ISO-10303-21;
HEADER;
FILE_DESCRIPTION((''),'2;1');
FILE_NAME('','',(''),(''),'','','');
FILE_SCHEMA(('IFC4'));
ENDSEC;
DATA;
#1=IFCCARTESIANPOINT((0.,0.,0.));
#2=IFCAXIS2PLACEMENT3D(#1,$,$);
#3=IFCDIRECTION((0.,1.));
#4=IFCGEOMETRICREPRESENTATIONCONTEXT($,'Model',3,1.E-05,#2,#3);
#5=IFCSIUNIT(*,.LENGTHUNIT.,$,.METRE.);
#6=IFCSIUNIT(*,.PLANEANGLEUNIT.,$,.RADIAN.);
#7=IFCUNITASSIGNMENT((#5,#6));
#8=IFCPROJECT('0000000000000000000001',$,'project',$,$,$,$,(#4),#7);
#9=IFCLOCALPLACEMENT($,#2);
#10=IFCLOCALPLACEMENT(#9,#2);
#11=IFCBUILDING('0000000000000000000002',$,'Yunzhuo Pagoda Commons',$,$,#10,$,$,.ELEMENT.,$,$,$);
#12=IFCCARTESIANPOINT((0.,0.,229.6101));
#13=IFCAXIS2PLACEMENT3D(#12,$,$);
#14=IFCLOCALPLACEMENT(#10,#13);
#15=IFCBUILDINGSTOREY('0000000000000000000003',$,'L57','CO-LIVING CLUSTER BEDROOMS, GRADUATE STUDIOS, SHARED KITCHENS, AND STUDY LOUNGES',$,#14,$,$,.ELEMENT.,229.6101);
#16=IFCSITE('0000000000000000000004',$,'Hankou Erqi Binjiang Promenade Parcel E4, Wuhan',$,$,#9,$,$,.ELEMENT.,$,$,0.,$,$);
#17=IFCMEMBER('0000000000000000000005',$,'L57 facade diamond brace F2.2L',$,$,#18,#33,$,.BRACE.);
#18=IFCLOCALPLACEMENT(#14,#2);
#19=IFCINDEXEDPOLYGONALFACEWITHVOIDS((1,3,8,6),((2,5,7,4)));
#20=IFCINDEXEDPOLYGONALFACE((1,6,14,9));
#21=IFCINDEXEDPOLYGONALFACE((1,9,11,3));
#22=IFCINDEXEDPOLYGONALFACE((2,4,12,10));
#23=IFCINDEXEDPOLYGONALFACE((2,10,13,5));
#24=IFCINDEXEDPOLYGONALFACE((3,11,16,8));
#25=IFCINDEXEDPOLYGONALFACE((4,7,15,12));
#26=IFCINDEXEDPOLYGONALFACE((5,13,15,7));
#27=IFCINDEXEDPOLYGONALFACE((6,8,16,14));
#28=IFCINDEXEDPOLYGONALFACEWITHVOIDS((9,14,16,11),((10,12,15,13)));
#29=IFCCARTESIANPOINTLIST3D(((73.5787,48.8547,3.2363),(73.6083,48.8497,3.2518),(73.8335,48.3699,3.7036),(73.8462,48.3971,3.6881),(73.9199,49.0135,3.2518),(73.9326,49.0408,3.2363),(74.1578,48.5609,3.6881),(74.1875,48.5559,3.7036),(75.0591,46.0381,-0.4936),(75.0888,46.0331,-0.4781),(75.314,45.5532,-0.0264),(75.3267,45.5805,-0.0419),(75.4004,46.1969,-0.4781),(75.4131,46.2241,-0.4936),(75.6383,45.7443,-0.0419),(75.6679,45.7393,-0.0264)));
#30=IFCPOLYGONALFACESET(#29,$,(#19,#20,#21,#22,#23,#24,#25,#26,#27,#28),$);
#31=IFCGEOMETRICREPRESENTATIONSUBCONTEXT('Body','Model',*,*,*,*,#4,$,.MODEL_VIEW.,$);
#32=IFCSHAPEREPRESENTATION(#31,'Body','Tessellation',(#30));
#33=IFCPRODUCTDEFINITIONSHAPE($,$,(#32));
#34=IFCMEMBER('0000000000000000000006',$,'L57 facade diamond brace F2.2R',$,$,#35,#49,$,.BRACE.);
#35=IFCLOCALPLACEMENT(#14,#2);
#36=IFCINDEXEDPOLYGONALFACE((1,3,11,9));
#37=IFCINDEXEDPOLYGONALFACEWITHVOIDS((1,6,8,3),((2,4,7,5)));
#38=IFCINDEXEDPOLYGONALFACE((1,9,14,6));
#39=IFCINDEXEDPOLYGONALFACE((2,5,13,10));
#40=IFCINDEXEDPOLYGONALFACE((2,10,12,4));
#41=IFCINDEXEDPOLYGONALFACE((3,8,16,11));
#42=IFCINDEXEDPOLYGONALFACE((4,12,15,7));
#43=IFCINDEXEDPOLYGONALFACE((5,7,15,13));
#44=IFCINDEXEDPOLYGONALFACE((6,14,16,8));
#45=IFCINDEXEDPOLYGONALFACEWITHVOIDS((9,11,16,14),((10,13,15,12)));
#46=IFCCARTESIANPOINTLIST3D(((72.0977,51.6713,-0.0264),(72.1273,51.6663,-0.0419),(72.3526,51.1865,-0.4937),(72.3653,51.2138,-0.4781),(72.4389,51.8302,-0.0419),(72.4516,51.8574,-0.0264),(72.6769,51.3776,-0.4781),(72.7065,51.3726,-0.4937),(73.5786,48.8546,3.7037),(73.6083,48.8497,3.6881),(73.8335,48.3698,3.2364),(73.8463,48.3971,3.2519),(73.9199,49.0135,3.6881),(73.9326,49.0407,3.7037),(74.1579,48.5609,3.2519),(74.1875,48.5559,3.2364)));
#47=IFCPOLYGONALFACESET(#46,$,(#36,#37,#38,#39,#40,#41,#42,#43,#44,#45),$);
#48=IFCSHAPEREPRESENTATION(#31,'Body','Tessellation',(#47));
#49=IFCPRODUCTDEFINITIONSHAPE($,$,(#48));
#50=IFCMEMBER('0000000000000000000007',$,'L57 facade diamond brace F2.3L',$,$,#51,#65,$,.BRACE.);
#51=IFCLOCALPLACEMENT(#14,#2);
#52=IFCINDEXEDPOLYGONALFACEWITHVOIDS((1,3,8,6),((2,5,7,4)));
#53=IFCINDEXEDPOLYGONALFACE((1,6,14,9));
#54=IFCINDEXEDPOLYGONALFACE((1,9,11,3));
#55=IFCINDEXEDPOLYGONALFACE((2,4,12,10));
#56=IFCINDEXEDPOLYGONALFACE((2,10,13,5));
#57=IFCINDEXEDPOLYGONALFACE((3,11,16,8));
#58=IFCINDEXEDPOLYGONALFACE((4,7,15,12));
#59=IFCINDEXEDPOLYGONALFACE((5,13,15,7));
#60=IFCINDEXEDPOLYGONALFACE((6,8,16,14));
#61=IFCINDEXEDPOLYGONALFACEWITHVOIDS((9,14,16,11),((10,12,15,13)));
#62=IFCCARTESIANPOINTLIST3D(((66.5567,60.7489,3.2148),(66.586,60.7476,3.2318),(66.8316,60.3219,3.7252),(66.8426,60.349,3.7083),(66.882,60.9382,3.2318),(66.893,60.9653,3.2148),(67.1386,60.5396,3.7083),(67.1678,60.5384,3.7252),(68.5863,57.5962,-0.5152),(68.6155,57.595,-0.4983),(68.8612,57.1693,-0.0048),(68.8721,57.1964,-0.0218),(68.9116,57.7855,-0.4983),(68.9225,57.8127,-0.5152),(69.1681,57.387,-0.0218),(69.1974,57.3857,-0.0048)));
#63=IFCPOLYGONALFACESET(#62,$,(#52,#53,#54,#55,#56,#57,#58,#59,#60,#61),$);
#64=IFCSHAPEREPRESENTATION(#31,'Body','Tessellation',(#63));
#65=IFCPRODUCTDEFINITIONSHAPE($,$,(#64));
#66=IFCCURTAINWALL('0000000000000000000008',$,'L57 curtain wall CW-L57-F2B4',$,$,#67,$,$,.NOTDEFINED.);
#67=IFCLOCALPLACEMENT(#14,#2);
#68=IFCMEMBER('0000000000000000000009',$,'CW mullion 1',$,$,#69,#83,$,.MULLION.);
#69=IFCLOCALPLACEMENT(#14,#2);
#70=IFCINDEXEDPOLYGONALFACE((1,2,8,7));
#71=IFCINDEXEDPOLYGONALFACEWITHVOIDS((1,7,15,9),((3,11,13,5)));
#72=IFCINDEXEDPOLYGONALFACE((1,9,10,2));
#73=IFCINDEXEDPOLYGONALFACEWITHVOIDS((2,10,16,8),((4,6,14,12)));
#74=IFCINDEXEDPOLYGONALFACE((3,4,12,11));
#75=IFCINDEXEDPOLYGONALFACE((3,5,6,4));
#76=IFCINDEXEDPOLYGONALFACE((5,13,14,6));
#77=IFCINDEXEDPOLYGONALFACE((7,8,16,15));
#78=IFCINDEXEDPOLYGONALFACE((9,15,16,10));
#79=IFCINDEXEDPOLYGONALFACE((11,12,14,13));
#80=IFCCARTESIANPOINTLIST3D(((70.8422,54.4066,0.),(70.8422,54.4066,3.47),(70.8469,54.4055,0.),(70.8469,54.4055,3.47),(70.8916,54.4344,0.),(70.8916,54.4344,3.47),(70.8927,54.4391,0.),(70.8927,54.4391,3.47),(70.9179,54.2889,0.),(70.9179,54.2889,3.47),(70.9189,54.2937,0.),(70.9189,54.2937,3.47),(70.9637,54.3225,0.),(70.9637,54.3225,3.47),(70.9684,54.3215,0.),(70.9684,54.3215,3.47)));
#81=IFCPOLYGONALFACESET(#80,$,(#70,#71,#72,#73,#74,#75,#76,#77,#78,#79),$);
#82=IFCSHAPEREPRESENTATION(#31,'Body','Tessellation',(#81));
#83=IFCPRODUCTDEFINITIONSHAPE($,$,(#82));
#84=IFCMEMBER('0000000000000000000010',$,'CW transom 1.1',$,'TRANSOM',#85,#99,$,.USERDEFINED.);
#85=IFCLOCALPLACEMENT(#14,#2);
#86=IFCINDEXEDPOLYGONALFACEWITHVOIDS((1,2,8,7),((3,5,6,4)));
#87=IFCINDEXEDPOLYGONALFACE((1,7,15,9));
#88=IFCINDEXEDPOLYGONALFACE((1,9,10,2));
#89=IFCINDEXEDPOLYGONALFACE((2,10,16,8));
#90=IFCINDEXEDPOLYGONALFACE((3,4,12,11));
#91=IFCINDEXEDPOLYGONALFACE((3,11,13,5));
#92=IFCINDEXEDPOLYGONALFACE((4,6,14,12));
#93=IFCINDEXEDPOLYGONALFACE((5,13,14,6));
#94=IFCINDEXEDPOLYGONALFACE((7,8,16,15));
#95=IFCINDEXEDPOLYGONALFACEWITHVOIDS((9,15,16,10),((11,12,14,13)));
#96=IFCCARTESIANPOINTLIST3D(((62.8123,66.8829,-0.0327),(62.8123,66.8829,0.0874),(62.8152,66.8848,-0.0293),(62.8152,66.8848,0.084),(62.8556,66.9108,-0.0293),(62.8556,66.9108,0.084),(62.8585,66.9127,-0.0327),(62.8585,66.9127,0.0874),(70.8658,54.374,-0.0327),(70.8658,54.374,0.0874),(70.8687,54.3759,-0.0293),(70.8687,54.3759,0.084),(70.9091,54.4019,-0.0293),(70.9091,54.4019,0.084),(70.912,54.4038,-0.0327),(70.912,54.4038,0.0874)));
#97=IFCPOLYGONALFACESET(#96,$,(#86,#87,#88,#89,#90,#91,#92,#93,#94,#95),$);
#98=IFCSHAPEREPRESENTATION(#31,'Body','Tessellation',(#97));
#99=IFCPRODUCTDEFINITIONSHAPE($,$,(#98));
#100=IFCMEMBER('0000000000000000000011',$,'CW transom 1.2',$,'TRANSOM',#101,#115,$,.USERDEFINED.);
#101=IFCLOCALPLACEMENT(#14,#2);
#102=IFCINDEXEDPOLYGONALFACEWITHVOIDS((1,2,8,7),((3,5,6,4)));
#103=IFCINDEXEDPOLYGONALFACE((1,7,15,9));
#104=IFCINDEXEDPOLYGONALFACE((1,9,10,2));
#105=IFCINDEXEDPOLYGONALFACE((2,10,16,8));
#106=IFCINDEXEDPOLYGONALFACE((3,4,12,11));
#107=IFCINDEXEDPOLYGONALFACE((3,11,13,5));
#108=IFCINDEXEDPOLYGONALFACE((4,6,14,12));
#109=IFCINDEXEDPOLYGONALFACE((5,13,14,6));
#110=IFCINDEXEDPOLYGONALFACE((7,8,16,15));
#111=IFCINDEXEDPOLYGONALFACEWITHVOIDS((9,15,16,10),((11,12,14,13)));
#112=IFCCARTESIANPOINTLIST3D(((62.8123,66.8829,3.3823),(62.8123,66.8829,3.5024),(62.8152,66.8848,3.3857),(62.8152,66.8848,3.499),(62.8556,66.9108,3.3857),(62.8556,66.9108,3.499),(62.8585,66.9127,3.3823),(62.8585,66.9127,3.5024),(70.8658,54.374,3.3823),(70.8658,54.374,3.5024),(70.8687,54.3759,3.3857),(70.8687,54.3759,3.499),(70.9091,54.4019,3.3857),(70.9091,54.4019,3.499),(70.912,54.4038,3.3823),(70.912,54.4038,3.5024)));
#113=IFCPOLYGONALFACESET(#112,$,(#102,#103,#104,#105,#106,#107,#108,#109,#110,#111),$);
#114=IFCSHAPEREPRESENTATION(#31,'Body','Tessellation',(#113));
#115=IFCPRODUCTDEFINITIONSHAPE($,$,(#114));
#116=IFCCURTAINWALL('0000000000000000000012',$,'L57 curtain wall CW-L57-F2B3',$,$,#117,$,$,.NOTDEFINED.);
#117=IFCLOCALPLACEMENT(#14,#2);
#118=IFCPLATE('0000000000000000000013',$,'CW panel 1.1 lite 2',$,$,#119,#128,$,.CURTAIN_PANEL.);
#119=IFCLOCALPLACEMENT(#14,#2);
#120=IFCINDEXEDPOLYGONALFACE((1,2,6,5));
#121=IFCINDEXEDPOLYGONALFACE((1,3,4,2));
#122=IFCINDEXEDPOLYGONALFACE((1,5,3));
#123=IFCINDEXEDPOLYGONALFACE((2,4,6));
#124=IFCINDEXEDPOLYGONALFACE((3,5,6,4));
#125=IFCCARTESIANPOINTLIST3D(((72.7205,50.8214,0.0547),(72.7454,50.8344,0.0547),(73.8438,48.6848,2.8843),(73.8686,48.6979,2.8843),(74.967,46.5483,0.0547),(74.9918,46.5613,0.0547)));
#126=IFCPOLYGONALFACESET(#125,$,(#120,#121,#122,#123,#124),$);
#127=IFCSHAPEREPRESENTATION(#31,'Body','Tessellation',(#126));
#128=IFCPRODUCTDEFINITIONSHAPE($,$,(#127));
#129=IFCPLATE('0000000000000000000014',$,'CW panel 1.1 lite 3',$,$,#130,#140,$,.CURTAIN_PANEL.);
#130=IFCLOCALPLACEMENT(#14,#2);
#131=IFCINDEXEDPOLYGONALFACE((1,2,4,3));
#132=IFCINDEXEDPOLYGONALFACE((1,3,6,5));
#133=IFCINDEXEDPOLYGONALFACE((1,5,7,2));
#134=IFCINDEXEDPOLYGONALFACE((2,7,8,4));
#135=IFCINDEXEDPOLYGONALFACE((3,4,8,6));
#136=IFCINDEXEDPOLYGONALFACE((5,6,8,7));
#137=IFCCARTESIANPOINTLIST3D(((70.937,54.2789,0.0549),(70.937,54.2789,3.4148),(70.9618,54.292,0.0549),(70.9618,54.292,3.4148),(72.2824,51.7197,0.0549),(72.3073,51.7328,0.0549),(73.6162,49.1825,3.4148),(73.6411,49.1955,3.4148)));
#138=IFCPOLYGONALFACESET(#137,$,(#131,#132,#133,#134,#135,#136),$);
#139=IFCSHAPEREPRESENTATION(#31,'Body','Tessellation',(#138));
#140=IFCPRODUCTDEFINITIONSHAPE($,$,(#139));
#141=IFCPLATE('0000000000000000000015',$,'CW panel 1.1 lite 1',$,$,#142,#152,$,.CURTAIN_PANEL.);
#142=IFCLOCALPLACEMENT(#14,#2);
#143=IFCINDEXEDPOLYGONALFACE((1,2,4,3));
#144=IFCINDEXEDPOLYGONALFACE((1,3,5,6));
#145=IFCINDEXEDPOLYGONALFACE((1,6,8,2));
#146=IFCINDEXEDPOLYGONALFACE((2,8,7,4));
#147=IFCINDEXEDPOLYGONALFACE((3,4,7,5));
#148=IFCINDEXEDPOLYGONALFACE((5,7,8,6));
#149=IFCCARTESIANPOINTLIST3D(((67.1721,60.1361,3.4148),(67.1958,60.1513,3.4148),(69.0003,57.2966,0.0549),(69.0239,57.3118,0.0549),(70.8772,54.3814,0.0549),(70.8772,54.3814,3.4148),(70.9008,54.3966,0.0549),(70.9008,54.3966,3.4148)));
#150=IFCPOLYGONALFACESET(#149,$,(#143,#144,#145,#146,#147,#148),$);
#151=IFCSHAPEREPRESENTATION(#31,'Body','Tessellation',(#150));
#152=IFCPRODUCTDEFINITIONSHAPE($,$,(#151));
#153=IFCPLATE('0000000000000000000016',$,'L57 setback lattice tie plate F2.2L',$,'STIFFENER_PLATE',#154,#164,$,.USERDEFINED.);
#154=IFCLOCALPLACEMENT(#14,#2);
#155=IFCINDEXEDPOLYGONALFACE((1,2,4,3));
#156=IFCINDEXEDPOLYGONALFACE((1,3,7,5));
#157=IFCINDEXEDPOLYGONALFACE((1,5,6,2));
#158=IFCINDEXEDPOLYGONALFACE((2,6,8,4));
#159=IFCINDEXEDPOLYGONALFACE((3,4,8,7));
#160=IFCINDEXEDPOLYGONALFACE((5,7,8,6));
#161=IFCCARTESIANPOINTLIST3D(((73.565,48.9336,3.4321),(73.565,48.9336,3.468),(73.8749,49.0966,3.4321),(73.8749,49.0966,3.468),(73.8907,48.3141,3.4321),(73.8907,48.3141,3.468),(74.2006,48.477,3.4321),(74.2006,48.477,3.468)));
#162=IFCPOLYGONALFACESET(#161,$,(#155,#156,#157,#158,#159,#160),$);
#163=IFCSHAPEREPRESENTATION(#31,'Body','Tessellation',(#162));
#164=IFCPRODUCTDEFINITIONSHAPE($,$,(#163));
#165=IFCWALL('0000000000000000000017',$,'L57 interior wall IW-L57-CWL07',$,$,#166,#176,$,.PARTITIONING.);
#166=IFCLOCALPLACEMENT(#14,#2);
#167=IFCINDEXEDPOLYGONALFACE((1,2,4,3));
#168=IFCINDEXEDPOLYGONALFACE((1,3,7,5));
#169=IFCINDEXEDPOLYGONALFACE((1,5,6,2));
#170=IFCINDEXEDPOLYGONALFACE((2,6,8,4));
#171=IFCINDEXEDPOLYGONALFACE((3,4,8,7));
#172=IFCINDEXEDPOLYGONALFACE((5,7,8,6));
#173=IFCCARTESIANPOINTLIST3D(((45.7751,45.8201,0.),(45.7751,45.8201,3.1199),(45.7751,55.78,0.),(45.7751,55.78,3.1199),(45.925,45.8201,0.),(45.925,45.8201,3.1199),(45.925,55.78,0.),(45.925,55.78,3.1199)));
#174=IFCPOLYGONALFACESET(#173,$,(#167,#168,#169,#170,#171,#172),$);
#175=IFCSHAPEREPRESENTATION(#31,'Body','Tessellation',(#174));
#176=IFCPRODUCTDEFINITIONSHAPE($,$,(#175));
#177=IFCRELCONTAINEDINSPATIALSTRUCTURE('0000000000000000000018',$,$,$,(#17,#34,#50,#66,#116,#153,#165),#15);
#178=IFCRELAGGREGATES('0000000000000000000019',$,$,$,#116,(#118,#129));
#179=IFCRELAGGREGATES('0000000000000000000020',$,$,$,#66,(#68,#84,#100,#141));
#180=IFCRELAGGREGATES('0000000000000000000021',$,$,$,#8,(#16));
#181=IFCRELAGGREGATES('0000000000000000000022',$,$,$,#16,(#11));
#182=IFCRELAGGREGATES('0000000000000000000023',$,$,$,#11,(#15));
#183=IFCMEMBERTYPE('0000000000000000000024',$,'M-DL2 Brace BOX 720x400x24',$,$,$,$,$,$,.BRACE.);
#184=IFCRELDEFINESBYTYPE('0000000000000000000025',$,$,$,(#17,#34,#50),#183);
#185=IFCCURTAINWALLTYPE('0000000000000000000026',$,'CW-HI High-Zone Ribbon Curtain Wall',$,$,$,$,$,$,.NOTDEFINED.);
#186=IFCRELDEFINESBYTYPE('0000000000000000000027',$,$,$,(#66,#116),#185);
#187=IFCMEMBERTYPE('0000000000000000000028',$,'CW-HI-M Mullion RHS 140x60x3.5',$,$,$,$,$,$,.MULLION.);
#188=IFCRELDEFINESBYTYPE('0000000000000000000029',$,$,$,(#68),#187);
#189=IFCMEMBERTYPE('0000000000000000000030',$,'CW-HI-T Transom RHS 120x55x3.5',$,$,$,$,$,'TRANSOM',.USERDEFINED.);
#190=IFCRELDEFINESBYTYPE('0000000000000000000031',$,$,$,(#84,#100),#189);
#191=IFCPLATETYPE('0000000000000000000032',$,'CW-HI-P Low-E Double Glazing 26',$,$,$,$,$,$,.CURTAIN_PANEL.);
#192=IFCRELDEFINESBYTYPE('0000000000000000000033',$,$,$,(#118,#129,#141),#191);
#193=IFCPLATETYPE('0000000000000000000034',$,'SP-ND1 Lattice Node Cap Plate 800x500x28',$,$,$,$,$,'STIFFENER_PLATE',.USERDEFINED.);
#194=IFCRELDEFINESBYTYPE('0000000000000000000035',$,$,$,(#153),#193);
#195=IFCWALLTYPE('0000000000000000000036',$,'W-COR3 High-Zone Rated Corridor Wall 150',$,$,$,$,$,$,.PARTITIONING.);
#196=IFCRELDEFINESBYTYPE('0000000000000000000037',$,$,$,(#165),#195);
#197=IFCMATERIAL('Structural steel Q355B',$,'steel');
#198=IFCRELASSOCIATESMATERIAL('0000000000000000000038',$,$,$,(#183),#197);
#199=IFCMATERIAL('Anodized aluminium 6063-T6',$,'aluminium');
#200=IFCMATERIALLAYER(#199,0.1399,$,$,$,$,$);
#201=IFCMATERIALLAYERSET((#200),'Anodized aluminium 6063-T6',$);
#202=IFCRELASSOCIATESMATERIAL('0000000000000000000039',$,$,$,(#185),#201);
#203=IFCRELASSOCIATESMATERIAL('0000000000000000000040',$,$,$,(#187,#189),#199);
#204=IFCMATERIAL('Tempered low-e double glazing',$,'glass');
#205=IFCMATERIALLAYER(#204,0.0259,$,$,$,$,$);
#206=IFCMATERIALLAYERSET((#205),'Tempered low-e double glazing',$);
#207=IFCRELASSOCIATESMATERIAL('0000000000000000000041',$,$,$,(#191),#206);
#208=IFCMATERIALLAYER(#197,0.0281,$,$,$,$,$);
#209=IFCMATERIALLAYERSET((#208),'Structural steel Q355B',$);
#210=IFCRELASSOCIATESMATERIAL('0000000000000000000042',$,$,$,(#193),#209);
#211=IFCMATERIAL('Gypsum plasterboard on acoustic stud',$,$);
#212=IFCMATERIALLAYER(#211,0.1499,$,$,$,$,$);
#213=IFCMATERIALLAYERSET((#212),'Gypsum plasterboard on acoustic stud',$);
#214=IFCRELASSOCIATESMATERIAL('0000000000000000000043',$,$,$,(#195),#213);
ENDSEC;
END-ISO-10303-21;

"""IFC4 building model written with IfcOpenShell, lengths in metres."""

from ifc_helpers import new_model, si_unit, direction, frame, frame_2d, origin, origin_2d, place, context, subcontext, project, spatial, polyline, rectangle, hollow_rectangle, outline, extrude, source, transform, mapped, material, layer, layer_set, material_profile, profile_set, type_object, element, aggregate, save


model = new_model("IFC4")

# Units and contexts
model_context = context("Model", 3, precision=1e-05, world=origin(), true_north=direction((0.0, 1.0)))
body_context = subcontext(model_context, "Body", "Model", "MODEL_VIEW")
ifc_project = project(units=[si_unit("LENGTHUNIT", "METRE"), si_unit("PLANEANGLEUNIT", "RADIAN")], contexts=[model_context])

# Site, building, storey
site_placement = place(None, origin())
site = spatial("IfcSite", under=ifc_project, at=site_placement, Name="Hankou Erqi Binjiang Promenade Parcel E4, Wuhan", CompositionType="ELEMENT", RefElevation=0.0)
building_placement = place(site_placement, origin())
building = spatial("IfcBuilding", under=site, at=building_placement, Name="Yunzhuo Pagoda Commons", CompositionType="ELEMENT")
storey_placement = place(building_placement, frame((0.0, 0.0, 229.6101)))
storey = spatial("IfcBuildingStorey", under=building, at=storey_placement, Name="L57", Description="CO-LIVING CLUSTER BEDROOMS, GRADUATE STUDIOS, SHARED KITCHENS, AND STUDY LOUNGES", CompositionType="ELEMENT", Elevation=229.6101)

# Shared definitions
ifc_material_1 = material(Name="Structural steel Q355B", Category="steel")

# Members
ifc_material_profile_1 = material_profile(ifc_material_1, hollow_rectangle(XDim=0.3999, YDim=0.72, WallThickness=0.0239, at=origin_2d()), Name="Structural steel Q355B")
ifc_profile_set_1 = profile_set([ifc_material_profile_1], Name="Structural steel Q355B")
member_type_1 = type_object("IfcMemberType", Name="M-DL2 Brace BOX 720x400x24", PredefinedType="BRACE", material=ifc_profile_set_1)
shared_shape_1 = source(origin(), body_context, "Body", "SweptSolid", [
    extrude(hollow_rectangle(XDim=0.3999, YDim=0.72, WallThickness=0.0239, at=origin_2d()), origin(), (0.0, 0.0, 1.0), 4.9028),
])
member_1_placement = place(storey_placement, frame((75.3635, 45.8887, -0.26), z_axis=(-0.30196, 0.574491, 0.760776), x_axis=(-0.885174, -0.465259, 0.0)))
element("IfcMember", 1, at=member_1_placement, inside=storey, type_object=member_type_1, Name="L57 facade diamond brace F2.2L", PredefinedType="BRACE", context=body_context, shape_type="MappedRepresentation", body=[
    mapped(shared_shape_1, transform((0.0, 0.0, 0.0), scale=1.0)),
])
shared_shape_2 = source(origin(), body_context, "Body", "SweptSolid", [
    extrude(hollow_rectangle(XDim=0.3999, YDim=0.72, WallThickness=0.0239, at=origin_2d()), origin(), (0.0, 0.0, 1.0), 4.9031),
])
member_2_placement = place(storey_placement, frame((72.4021, 51.522, -0.26), z_axis=(0.302051, -0.574474, 0.760753), x_axis=(0.885111, 0.46538, 0.0)))
element("IfcMember", 2, at=member_2_placement, inside=storey, type_object=member_type_1, Name="L57 facade diamond brace F2.2R", PredefinedType="BRACE", context=body_context, shape_type="MappedRepresentation", body=[
    mapped(shared_shape_2, transform((0.0, 0.0, 0.0), scale=1.0)),
])
shared_shape_3 = source(origin(), body_context, "Body", "SweptSolid", [
    extrude(hollow_rectangle(XDim=0.3999, YDim=0.72, WallThickness=0.0239, at=origin_2d()), origin(), (0.0, 0.0, 1.0), 5.2888),
])
member_3_placement = place(storey_placement, frame((68.8918, 57.491, -0.26), z_axis=(-0.383749, 0.596096, 0.70527), x_axis=(-0.840829, -0.5413, 0.0)))
element("IfcMember", 3, at=member_3_placement, inside=storey, type_object=member_type_1, Name="L57 facade diamond brace F2.3L", PredefinedType="BRACE", context=body_context, shape_type="MappedRepresentation", body=[
    mapped(shared_shape_3, transform((0.0, 0.0, 0.0), scale=1.0)),
])

# Curtain wall, members
ifc_material_2 = material(Name="Anodized aluminium 6063-T6", Category="aluminium")
ifc_layer_1 = layer(ifc_material_2, 0.1399)
ifc_layer_set_1 = layer_set([ifc_layer_1], Name="Anodized aluminium 6063-T6")
curtain_wall_type = type_object("IfcCurtainWallType", Name="CW-HI High-Zone Ribbon Curtain Wall", PredefinedType="NOTDEFINED", material=ifc_layer_set_1)
curtain_wall_1_placement = place(storey_placement, origin())
curtain_wall_1 = element("IfcCurtainWall", 4, at=curtain_wall_1_placement, inside=storey, type_object=curtain_wall_type, Name="L57 curtain wall CW-L57-F2B4", PredefinedType="NOTDEFINED")
ifc_material_profile_2 = material_profile(ifc_material_2, hollow_rectangle(XDim=0.0601, YDim=0.1399, WallThickness=0.0034, at=origin_2d()), Name="Anodized aluminium 6063-T6")
ifc_profile_set_2 = profile_set([ifc_material_profile_2], Name="Anodized aluminium 6063-T6")
member_type_2 = type_object("IfcMemberType", Name="CW-HI-M Mullion RHS 140x60x3.5", PredefinedType="MULLION", material=ifc_profile_set_2)
shared_shape_4 = source(origin(), body_context, "Body", "SweptSolid", [
    extrude(hollow_rectangle(XDim=0.0601, YDim=0.1399, WallThickness=0.0034, at=origin_2d()), origin(), (0.0, 0.0, 1.0), 3.47),
])
member_4_placement = place(storey_placement, frame((70.9053, 54.364, 0.0), z_axis=(0.0, 0.0, 1.0), x_axis=(-0.840807, -0.541334, 0.0)))
member_4 = element("IfcMember", 5, at=member_4_placement, type_object=member_type_2, Name="CW mullion 1", PredefinedType="MULLION", context=body_context, shape_type="MappedRepresentation", body=[
    mapped(shared_shape_4, transform((0.0, 0.0, 0.0), scale=1.0)),
])
ifc_material_profile_3 = material_profile(ifc_material_2, hollow_rectangle(XDim=0.0549, YDim=0.1201, WallThickness=0.0034, at=origin_2d()), Name="Anodized aluminium 6063-T6")
ifc_profile_set_3 = profile_set([ifc_material_profile_3], Name="Anodized aluminium 6063-T6")
member_type_3 = type_object("IfcMemberType", Name="CW-HI-T Transom RHS 120x55x3.5", ElementType="TRANSOM", PredefinedType="USERDEFINED", material=ifc_profile_set_3)
shared_shape_5 = source(origin(), body_context, "Body", "SweptSolid", [
    extrude(hollow_rectangle(XDim=0.0549, YDim=0.1201, WallThickness=0.0034, at=origin_2d()), origin(), (0.0, 0.0, 1.0), 14.8772),
])
member_5_placement = place(storey_placement, frame((70.8889, 54.3889, 0.0273), z_axis=(-0.541333, 0.840808, 0.0), x_axis=(-0.840808, -0.541333, 0.0)))
member_5 = element("IfcMember", 6, at=member_5_placement, type_object=member_type_3, Name="CW transom 1.1", ObjectType="TRANSOM", PredefinedType="USERDEFINED", context=body_context, shape_type="MappedRepresentation", body=[
    mapped(shared_shape_5, transform((0.0, 0.0, 0.0), scale=1.0)),
])
member_6_placement = place(storey_placement, frame((70.8889, 54.3889, 3.4424), z_axis=(-0.541333, 0.840808, 0.0), x_axis=(-0.840808, -0.541333, 0.0)))
member_6 = element("IfcMember", 7, at=member_6_placement, type_object=member_type_3, Name="CW transom 1.2", ObjectType="TRANSOM", PredefinedType="USERDEFINED", context=body_context, shape_type="MappedRepresentation", body=[
    mapped(shared_shape_5, transform((0.0, 0.0, 0.0), scale=1.0)),
])

# Curtain wall, plates
curtain_wall_2_placement = place(storey_placement, origin())
curtain_wall_2 = element("IfcCurtainWall", 8, at=curtain_wall_2_placement, inside=storey, type_object=curtain_wall_type, Name="L57 curtain wall CW-L57-F2B3", PredefinedType="NOTDEFINED")
ifc_material_3 = material(Name="Tempered low-e double glazing", Category="glass")
ifc_layer_2 = layer(ifc_material_3, 0.0259)
ifc_layer_set_2 = layer_set([ifc_layer_2], Name="Tempered low-e double glazing")
plate_type_1 = type_object("IfcPlateType", Name="CW-HI-P Low-E Double Glazing 26", PredefinedType="CURTAIN_PANEL", material=ifc_layer_set_2)
plate_1_placement = place(storey_placement, frame((73.8438, 48.6848, 1.4695), z_axis=(0.885138, 0.465329, 0.0), x_axis=(-0.465329, 0.885138, 0.0)))
plate_1 = element("IfcPlate", 9, at=plate_1_placement, type_object=plate_type_1, Name="CW panel 1.1 lite 2", PredefinedType="CURTAIN_PANEL", context=body_context, shape_type="SweptSolid", body=[
    extrude(outline(polyline([(-2.4138, -1.4148), (2.4138, -1.4148), (0.0, 1.4148), (-2.4138, -1.4148)])), origin(), (0.0, 0.0, 1.0), 0.0281),
])
plate_2_placement = place(storey_placement, frame((72.2766, 51.7307, 1.7349), z_axis=(0.885138, 0.465329, 0.0), x_axis=(-0.465329, 0.885138, 0.0)))
plate_2 = element("IfcPlate", 10, at=plate_2_placement, type_object=plate_type_1, Name="CW panel 1.1 lite 3", PredefinedType="CURTAIN_PANEL", context=body_context, shape_type="SweptSolid", body=[
    extrude(outline(polyline([(-2.8789, 1.6799), (-0.0125, -1.6799), (2.8789, -1.6799), (2.8789, 1.6799), (-2.8789, 1.6799)])), origin(), (0.0, 0.0, 1.0), 0.0281),
])
aggregate(curtain_wall_2, [plate_1, plate_2])

# Plates
plate_3_placement = place(storey_placement, frame((69.0247, 57.2588, 1.7349), z_axis=(0.840807, 0.541334, 0.0), x_axis=(-0.541334, 0.840807, 0.0)))
plate_3 = element("IfcPlate", 11, at=plate_3_placement, type_object=plate_type_1, Name="CW panel 1.1 lite 1", PredefinedType="CURTAIN_PANEL", context=body_context, shape_type="SweptSolid", body=[
    extrude(outline(polyline([(-3.4221, -1.6799), (0.0449, -1.6799), (3.4221, 1.6799), (-3.4221, 1.6799), (-3.4221, -1.6799)])), origin(), (0.0, 0.0, 1.0), 0.0281),
])
aggregate(curtain_wall_1, [member_4, member_5, member_6, plate_3])
ifc_layer_3 = layer(ifc_material_1, 0.0281)
ifc_layer_set_3 = layer_set([ifc_layer_3], Name="Structural steel Q355B")
plate_type_2 = type_object("IfcPlateType", Name="SP-ND1 Lattice Node Cap Plate 800x500x28", ElementType="STIFFENER_PLATE", PredefinedType="USERDEFINED", material=ifc_layer_set_3)
shared_shape_6 = source(origin(), body_context, "Body", "SweptSolid", [
    extrude(rectangle(XDim=0.7, YDim=0.3501, at=origin_2d()), origin(), (0.0, 0.0, 1.0), 0.0359),
])
plate_4_placement = place(storey_placement, frame((73.8828, 48.7053, 3.4321), z_axis=(0.0, 0.0, 1.0), x_axis=(-0.465336, 0.885134, 0.0)))
element("IfcPlate", 12, at=plate_4_placement, inside=storey, type_object=plate_type_2, Name="L57 setback lattice tie plate F2.2L", ObjectType="STIFFENER_PLATE", PredefinedType="USERDEFINED", context=body_context, shape_type="MappedRepresentation", body=[
    mapped(shared_shape_6, transform((0.0, 0.0, 0.0), scale=1.0)),
])

# Wall
ifc_material_4 = material(Name="Gypsum plasterboard on acoustic stud")
ifc_layer_4 = layer(ifc_material_4, 0.1499)
ifc_layer_set_4 = layer_set([ifc_layer_4], Name="Gypsum plasterboard on acoustic stud")
wall_type_1 = type_object("IfcWallType", Name="W-COR3 High-Zone Rated Corridor Wall 150", PredefinedType="PARTITIONING", material=ifc_layer_set_4)
wall_1_placement = place(storey_placement, frame((45.8501, 55.78, 0.0), z_axis=(0.0, 0.0, 1.0), x_axis=(0.0, -1.0, 0.0)))
element("IfcWall", 13, at=wall_1_placement, inside=storey, type_object=wall_type_1, Name="L57 interior wall IW-L57-CWL07", PredefinedType="PARTITIONING", context=body_context, shape_type="SweptSolid", body=[
    extrude(rectangle(XDim=9.96, YDim=0.1499, at=frame_2d((4.98, 0.0))), origin(), (0.0, 0.0, 1.0), 3.1199),
])

save(model, "model.ifc")
